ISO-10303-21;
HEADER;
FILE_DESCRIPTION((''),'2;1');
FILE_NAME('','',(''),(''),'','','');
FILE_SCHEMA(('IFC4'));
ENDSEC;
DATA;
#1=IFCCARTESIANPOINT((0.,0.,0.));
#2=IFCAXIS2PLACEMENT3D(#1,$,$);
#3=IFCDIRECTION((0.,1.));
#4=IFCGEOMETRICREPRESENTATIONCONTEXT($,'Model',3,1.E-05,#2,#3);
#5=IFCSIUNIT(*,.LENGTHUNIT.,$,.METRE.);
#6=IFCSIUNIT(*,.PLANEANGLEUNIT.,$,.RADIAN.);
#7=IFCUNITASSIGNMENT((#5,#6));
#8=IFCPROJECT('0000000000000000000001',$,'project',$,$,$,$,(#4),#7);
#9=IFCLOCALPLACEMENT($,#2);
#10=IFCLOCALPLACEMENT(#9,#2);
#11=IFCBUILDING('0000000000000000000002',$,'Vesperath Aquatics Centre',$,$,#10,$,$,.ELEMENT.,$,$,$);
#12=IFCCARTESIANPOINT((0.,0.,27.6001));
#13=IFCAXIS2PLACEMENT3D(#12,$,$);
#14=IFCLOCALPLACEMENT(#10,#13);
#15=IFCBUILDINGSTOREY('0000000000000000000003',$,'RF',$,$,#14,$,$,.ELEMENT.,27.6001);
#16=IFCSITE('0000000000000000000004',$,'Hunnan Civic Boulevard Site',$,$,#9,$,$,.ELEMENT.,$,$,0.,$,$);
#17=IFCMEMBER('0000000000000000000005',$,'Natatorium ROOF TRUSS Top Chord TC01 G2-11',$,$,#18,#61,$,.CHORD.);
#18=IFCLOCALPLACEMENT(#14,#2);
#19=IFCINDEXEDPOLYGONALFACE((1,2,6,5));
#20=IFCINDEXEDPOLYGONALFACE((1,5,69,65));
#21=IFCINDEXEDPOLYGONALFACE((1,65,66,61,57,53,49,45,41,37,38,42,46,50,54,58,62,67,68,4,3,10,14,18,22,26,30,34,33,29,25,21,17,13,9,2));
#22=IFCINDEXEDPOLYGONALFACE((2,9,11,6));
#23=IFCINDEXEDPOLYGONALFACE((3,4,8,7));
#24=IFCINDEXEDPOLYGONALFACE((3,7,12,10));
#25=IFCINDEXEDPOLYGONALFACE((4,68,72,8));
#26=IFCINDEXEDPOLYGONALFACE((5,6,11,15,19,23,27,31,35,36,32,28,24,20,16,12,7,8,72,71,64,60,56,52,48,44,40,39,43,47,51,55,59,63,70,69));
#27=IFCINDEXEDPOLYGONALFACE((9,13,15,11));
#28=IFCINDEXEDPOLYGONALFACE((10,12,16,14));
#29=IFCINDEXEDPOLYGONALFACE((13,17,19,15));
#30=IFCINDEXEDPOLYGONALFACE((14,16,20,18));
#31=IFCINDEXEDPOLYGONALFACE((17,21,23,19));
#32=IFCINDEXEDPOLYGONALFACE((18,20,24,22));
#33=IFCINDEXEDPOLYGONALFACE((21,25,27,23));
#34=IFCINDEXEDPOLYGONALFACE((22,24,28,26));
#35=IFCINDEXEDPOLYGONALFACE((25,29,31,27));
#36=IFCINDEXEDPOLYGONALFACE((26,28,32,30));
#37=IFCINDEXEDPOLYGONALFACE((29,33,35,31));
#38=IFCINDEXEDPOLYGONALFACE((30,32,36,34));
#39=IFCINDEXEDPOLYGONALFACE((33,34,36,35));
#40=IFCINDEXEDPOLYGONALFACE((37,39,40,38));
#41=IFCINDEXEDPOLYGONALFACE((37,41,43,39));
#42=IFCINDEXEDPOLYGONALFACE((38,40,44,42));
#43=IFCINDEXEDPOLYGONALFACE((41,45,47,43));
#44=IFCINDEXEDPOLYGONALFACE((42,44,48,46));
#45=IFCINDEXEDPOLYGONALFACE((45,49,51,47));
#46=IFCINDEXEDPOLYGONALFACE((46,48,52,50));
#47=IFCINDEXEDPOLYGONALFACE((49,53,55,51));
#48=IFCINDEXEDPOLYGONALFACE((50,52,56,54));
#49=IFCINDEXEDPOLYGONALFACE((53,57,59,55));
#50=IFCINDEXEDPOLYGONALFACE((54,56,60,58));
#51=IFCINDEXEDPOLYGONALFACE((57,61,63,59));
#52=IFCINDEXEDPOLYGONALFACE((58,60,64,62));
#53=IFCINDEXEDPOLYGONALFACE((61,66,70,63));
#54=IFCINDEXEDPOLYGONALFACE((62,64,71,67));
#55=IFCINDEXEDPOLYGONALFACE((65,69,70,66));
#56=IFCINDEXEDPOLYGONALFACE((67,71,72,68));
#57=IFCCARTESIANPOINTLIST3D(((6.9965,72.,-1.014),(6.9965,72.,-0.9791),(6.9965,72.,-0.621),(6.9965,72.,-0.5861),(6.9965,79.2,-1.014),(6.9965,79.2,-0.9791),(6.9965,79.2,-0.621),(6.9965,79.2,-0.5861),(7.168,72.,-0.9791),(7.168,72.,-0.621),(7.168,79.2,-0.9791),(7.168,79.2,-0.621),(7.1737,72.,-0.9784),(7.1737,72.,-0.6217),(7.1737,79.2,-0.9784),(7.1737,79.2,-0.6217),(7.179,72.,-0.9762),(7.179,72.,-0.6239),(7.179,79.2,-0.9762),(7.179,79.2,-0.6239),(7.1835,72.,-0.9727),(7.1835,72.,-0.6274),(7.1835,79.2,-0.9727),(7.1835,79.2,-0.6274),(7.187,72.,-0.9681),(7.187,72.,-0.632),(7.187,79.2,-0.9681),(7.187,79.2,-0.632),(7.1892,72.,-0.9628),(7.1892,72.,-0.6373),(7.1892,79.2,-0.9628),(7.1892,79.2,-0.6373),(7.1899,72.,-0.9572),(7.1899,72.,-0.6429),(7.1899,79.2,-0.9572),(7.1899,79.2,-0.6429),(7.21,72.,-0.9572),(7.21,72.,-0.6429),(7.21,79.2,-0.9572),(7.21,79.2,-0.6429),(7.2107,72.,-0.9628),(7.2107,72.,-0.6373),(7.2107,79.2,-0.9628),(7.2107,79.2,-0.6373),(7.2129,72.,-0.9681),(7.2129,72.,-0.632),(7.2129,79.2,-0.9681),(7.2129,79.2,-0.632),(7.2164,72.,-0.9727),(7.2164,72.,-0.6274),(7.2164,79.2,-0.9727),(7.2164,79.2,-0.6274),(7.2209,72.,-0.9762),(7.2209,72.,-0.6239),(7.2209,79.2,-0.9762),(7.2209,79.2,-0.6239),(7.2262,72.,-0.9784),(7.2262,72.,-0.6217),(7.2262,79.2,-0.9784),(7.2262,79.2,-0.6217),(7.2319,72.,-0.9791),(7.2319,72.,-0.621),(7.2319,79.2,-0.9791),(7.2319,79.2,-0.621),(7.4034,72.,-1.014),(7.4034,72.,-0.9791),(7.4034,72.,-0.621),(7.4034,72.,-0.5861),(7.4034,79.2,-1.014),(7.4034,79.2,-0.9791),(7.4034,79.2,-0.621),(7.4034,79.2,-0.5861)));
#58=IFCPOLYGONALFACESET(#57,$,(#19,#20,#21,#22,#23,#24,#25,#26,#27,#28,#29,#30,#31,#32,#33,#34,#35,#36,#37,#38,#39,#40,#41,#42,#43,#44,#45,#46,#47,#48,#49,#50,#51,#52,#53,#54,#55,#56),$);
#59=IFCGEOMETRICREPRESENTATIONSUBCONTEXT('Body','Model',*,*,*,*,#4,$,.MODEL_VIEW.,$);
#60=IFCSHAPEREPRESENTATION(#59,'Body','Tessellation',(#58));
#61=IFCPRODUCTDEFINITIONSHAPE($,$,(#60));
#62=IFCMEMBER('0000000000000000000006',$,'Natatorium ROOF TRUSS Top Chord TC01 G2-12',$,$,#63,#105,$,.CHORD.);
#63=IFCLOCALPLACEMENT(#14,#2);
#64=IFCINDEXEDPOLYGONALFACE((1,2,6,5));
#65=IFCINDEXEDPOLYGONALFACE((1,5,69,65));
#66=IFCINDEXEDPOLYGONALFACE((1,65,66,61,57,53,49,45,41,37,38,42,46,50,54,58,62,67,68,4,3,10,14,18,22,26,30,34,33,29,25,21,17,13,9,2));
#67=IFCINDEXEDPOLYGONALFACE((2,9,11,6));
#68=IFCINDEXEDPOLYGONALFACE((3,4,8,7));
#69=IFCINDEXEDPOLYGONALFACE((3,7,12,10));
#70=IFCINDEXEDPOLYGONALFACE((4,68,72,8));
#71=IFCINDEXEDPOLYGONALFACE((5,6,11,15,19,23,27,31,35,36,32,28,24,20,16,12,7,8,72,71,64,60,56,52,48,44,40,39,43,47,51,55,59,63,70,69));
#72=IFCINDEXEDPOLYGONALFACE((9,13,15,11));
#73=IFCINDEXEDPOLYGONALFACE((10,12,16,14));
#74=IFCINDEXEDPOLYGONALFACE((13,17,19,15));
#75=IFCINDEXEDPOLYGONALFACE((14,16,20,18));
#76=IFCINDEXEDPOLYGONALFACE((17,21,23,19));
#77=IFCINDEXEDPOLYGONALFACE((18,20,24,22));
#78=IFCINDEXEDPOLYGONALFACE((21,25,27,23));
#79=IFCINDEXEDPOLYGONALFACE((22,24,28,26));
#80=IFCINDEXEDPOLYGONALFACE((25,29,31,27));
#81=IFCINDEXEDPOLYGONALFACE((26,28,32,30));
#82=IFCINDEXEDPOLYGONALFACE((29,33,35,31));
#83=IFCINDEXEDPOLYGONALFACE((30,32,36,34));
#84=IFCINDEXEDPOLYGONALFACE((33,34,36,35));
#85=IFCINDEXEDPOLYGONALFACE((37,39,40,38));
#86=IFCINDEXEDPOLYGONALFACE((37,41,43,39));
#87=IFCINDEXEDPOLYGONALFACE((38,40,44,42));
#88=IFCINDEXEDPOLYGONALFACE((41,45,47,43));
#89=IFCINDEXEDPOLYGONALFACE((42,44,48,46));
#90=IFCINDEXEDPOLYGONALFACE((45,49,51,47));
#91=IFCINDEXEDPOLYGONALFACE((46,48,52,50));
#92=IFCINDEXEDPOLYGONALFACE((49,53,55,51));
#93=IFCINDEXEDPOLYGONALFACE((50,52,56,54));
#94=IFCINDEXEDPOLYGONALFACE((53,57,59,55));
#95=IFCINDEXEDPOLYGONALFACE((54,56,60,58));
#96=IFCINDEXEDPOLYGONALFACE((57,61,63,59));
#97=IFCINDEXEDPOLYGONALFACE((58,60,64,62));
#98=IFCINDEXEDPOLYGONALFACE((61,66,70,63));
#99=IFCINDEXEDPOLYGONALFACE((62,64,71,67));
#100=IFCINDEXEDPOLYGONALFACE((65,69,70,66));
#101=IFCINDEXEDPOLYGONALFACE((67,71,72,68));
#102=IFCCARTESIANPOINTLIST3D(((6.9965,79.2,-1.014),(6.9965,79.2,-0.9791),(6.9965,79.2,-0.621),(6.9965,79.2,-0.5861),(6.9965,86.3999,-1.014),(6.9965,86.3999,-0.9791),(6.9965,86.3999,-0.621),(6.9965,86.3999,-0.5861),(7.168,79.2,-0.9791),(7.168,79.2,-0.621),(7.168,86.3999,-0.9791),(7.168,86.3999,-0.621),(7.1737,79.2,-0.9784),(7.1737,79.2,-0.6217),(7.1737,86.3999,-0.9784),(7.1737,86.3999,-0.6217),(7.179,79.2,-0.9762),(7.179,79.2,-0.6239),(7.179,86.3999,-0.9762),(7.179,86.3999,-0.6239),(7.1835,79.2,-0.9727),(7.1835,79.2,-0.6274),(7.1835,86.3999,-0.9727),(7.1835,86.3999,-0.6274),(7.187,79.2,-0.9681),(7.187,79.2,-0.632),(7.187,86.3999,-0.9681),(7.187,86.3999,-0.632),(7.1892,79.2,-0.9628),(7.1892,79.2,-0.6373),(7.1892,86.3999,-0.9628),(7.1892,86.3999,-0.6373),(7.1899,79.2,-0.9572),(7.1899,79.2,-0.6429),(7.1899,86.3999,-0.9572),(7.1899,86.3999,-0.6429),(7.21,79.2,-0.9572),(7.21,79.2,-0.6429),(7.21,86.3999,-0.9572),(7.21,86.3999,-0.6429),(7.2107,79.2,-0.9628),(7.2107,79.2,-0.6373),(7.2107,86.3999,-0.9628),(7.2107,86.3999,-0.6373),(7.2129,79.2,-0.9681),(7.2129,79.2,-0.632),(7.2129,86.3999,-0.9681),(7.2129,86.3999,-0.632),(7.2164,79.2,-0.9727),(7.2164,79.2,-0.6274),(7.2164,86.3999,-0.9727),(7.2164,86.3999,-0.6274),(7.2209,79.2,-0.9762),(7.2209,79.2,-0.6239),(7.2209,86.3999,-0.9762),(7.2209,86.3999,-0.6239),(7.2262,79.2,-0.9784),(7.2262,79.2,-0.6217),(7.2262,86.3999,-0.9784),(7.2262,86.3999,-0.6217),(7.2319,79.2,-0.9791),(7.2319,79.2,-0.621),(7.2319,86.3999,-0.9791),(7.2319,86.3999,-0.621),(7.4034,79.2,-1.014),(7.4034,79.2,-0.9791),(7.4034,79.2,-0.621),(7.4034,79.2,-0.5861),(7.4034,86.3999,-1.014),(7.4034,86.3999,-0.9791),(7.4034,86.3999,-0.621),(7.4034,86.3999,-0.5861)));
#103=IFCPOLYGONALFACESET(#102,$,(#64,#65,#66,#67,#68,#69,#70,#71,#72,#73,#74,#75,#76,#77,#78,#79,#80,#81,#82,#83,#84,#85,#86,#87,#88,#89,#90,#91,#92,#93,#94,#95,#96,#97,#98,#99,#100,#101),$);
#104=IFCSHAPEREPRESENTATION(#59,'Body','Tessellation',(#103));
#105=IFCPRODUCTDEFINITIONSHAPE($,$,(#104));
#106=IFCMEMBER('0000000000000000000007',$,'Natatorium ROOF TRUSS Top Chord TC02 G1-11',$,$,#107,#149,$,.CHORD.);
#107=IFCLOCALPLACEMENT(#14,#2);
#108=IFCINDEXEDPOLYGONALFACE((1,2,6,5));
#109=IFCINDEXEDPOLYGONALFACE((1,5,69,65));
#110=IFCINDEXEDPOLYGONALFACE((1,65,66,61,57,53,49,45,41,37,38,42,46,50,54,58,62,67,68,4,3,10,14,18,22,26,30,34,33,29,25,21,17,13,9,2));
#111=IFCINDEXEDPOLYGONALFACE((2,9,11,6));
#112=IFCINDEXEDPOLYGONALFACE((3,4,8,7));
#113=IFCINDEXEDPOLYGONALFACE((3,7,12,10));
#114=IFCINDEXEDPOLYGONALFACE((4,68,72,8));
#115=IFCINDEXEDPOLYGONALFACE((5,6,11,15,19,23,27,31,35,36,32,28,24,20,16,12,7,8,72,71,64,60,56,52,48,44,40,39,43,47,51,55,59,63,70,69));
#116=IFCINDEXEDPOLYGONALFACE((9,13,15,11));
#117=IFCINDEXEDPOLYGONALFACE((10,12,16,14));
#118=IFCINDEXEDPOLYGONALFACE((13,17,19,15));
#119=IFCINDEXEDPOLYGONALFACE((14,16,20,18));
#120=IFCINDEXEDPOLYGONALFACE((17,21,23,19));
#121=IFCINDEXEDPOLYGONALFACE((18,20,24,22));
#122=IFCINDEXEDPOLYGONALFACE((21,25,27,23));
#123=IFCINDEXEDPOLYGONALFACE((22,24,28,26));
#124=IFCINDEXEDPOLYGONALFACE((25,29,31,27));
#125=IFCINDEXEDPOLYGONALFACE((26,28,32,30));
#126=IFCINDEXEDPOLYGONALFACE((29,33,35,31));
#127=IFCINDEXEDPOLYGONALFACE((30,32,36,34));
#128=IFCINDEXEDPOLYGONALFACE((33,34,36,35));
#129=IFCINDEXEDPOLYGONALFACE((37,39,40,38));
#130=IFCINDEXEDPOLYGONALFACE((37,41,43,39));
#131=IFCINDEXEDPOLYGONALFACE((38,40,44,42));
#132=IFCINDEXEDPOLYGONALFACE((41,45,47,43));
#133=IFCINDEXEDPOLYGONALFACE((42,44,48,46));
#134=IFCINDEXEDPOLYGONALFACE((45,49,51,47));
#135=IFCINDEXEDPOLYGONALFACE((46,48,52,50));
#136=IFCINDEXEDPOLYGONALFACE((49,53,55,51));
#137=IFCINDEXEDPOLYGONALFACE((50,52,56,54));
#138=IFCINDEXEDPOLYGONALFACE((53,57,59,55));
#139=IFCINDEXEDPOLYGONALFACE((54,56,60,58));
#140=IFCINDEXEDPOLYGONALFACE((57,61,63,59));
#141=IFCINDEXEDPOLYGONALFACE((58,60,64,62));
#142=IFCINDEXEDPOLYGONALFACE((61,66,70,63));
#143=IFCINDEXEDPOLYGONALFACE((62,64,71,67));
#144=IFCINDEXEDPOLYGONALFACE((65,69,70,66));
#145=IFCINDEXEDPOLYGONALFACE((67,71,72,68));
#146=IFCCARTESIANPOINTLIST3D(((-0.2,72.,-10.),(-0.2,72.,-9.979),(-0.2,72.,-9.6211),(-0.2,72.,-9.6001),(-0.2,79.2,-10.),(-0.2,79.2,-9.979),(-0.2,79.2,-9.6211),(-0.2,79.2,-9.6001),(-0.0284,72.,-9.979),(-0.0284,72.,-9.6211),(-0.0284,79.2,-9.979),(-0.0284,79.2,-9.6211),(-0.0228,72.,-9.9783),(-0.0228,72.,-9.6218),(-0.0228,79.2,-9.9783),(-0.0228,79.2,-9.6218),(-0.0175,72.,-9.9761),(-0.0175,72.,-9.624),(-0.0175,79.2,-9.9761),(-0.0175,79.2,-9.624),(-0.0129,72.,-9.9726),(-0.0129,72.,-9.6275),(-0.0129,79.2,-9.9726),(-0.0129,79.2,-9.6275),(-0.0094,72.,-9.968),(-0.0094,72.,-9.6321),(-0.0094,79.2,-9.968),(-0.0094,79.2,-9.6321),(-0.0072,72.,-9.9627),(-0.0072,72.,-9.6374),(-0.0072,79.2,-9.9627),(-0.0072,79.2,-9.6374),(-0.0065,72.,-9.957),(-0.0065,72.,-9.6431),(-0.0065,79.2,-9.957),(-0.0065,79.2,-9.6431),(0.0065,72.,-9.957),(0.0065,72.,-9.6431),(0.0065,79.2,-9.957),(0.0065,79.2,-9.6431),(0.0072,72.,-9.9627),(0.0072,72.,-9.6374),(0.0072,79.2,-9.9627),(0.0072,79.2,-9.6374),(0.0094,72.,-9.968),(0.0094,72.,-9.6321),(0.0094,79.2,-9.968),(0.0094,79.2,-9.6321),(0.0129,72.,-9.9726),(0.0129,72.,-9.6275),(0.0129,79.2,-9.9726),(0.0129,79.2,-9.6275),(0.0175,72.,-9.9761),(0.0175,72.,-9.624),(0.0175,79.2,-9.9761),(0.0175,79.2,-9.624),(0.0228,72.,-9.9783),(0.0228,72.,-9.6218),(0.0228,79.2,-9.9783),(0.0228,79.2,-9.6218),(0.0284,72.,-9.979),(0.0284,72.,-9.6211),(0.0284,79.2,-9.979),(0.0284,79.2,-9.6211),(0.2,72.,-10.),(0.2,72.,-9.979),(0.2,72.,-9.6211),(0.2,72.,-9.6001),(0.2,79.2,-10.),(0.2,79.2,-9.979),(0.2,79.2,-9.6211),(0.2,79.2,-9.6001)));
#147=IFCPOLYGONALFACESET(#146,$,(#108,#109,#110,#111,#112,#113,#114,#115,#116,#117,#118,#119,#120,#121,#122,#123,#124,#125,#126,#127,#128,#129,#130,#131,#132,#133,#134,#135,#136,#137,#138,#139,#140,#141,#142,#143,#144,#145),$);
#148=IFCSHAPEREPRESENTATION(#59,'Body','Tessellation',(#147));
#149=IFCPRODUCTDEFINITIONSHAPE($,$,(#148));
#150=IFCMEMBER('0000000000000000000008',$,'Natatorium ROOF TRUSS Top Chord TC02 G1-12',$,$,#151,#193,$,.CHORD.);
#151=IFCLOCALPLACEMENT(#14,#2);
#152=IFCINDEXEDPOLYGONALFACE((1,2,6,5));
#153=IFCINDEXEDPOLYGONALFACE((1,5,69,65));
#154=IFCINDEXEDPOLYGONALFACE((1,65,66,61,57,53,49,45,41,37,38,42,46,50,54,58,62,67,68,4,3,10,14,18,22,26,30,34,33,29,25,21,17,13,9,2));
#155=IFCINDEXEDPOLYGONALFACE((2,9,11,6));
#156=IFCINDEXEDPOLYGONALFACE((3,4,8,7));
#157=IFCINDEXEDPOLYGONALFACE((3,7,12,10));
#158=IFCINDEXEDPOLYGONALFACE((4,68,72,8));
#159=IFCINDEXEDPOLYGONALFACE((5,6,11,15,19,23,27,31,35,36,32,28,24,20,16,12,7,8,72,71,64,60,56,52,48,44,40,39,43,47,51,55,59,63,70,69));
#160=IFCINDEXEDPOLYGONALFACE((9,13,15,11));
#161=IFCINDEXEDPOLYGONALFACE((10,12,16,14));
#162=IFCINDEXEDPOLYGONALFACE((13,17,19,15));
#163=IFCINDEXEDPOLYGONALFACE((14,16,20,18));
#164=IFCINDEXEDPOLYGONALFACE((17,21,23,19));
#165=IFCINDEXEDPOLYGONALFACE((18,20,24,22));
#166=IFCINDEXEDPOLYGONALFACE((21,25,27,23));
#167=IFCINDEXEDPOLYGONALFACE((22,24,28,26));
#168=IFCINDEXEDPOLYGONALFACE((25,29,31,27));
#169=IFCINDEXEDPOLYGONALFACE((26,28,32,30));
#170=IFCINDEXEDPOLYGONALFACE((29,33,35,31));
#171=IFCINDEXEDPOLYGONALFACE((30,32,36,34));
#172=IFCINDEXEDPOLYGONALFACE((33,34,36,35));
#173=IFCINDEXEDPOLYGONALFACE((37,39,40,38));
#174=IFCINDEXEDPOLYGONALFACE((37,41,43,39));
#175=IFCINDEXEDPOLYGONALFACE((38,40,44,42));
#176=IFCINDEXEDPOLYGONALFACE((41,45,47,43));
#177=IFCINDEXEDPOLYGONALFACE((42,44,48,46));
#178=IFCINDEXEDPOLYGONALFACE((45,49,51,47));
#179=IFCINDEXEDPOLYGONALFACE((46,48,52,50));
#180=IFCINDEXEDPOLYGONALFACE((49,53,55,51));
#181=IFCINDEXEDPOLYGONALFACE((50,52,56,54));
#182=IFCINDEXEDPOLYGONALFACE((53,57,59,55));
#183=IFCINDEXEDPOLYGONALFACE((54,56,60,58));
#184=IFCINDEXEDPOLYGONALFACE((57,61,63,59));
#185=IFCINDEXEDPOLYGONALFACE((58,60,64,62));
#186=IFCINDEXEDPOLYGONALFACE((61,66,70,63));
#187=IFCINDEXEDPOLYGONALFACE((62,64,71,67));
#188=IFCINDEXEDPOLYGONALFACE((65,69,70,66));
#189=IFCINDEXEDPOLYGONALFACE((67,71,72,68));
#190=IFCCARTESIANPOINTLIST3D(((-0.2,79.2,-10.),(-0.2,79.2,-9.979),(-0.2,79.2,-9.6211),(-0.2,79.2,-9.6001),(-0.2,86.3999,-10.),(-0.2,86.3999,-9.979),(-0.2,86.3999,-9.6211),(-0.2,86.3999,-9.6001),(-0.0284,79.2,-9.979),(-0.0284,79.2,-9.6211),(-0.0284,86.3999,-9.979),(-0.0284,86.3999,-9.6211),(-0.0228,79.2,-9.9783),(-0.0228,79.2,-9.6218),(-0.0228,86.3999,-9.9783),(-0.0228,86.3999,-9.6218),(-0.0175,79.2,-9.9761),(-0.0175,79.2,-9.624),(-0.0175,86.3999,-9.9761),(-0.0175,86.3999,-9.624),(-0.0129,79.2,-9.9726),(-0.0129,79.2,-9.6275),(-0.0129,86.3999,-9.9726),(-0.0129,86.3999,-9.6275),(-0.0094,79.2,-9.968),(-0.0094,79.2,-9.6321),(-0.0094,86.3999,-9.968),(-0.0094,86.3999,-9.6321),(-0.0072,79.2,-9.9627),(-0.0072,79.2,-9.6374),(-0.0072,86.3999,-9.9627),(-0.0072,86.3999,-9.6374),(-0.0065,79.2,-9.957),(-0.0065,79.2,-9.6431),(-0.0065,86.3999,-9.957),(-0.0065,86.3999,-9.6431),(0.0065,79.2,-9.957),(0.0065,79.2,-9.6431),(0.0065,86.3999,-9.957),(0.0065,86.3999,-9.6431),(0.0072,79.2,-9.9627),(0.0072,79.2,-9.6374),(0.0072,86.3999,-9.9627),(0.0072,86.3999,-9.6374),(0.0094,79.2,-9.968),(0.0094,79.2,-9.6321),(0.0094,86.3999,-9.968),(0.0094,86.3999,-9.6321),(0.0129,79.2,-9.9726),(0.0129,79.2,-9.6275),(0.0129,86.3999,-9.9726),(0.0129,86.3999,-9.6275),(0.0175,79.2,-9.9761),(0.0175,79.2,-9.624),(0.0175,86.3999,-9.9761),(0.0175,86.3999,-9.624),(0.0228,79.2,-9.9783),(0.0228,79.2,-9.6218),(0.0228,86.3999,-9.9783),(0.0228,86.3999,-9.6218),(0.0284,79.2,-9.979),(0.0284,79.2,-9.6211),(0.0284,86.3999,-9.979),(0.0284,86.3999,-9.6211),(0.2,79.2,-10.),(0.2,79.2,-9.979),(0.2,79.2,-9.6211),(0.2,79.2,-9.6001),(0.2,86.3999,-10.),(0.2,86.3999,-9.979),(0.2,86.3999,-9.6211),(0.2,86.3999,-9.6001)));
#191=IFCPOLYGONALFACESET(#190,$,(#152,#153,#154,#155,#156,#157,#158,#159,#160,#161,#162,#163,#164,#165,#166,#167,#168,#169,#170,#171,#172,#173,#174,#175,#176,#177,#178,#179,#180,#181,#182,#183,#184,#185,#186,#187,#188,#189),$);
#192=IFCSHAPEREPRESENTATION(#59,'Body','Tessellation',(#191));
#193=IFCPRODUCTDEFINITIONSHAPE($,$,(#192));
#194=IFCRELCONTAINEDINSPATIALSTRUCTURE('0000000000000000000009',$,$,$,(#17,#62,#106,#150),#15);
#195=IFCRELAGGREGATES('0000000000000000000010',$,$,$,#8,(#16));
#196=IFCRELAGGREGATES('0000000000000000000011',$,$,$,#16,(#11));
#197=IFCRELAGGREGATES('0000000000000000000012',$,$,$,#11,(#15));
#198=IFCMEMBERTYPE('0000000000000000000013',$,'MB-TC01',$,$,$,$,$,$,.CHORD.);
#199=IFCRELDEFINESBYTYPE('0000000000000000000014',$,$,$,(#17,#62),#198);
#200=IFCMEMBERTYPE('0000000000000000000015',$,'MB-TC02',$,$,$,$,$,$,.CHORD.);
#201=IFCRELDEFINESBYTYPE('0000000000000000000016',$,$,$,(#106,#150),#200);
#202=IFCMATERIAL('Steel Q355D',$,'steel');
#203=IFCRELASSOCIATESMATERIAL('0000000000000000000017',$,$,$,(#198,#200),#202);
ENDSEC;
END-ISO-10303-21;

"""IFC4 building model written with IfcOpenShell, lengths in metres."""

from ifc_helpers import new_model, si_unit, direction, frame, origin, origin_2d, place, context, subcontext, project, spatial, i_section, extrude, material, material_profile, profile_set, type_object, element, save


model = new_model("IFC4")

# Units and contexts
model_context = context("Model", 3, precision=1e-05, world=origin(), true_north=direction((0.0, 1.0)))
body_context = subcontext(model_context, "Body", "Model", "MODEL_VIEW")
ifc_project = project(units=[si_unit("LENGTHUNIT", "METRE"), si_unit("PLANEANGLEUNIT", "RADIAN")], contexts=[model_context])

# Site, building, storey
site_placement = place(None, origin())
site = spatial("IfcSite", under=ifc_project, at=site_placement, Name="Hunnan Civic Boulevard Site", CompositionType="ELEMENT", RefElevation=0.0)
building_placement = place(site_placement, origin())
building = spatial("IfcBuilding", under=site, at=building_placement, Name="Vesperath Aquatics Centre", CompositionType="ELEMENT")
storey_placement = place(building_placement, frame((0.0, 0.0, 27.6001)))
storey = spatial("IfcBuildingStorey", under=building, at=storey_placement, Name="RF", CompositionType="ELEMENT", Elevation=27.6001)

# Members
ifc_material_1 = material(Name="Steel Q355D", Category="steel")
ifc_material_profile_1 = material_profile(ifc_material_1, i_section(OverallWidth=0.407, OverallDepth=0.428, WebThickness=0.02, FlangeThickness=0.0349, FilletRadius=0.022, at=origin_2d()), Name="HW 428x407x20x35")
ifc_profile_set_1 = profile_set([ifc_material_profile_1], Name="Steel Q355D")
member_type_1 = type_object("IfcMemberType", Name="MB-TC01", PredefinedType="CHORD", material=ifc_profile_set_1)
for number, where, z_axis, x_axis, name in (
    (1, (7.2, 72.0, -0.8), (0.0, 1.0, 0.0), (-1.0, 0.0, 0.0), "Natatorium ROOF TRUSS Top Chord TC01 G2-11"),
    (2, (7.2, 79.2, -0.8), (0.0, 1.0, 0.0), (-1.0, 0.0, 0.0), "Natatorium ROOF TRUSS Top Chord TC01 G2-12"),
):
    element("IfcMember", number, at=place(storey_placement, frame(where, z_axis=z_axis, x_axis=x_axis)), inside=storey, type_object=member_type_1, Name=name, PredefinedType="CHORD", context=body_context, shape_type="SweptSolid", body=[
        extrude(i_section(OverallWidth=0.407, OverallDepth=0.428, WebThickness=0.02, FlangeThickness=0.0349, FilletRadius=0.022, at=origin_2d()), origin(), (0.0, 0.0, 1.0), 7.2),
    ])
ifc_material_profile_2 = material_profile(ifc_material_1, i_section(OverallWidth=0.3999, OverallDepth=0.3999, WebThickness=0.0129, FlangeThickness=0.021, FilletRadius=0.022, at=origin_2d()), Name="HW 400x400x13x21")
ifc_profile_set_2 = profile_set([ifc_material_profile_2], Name="Steel Q355D")
member_type_2 = type_object("IfcMemberType", Name="MB-TC02", PredefinedType="CHORD", material=ifc_profile_set_2)
for number, where, z_axis, x_axis, name in (
    (3, (0.0, 72.0, -9.8), (0.0, 1.0, 0.0), (-1.0, 0.0, 0.0), "Natatorium ROOF TRUSS Top Chord TC02 G1-11"),
    (4, (0.0, 79.2, -9.8), (0.0, 1.0, 0.0), (-1.0, 0.0, 0.0), "Natatorium ROOF TRUSS Top Chord TC02 G1-12"),
):
    element("IfcMember", number, at=place(storey_placement, frame(where, z_axis=z_axis, x_axis=x_axis)), inside=storey, type_object=member_type_2, Name=name, PredefinedType="CHORD", context=body_context, shape_type="SweptSolid", body=[
        extrude(i_section(OverallWidth=0.3999, OverallDepth=0.3999, WebThickness=0.0129, FlangeThickness=0.021, FilletRadius=0.022, at=origin_2d()), origin(), (0.0, 0.0, 1.0), 7.2),
    ])

save(model, "model.ifc")
